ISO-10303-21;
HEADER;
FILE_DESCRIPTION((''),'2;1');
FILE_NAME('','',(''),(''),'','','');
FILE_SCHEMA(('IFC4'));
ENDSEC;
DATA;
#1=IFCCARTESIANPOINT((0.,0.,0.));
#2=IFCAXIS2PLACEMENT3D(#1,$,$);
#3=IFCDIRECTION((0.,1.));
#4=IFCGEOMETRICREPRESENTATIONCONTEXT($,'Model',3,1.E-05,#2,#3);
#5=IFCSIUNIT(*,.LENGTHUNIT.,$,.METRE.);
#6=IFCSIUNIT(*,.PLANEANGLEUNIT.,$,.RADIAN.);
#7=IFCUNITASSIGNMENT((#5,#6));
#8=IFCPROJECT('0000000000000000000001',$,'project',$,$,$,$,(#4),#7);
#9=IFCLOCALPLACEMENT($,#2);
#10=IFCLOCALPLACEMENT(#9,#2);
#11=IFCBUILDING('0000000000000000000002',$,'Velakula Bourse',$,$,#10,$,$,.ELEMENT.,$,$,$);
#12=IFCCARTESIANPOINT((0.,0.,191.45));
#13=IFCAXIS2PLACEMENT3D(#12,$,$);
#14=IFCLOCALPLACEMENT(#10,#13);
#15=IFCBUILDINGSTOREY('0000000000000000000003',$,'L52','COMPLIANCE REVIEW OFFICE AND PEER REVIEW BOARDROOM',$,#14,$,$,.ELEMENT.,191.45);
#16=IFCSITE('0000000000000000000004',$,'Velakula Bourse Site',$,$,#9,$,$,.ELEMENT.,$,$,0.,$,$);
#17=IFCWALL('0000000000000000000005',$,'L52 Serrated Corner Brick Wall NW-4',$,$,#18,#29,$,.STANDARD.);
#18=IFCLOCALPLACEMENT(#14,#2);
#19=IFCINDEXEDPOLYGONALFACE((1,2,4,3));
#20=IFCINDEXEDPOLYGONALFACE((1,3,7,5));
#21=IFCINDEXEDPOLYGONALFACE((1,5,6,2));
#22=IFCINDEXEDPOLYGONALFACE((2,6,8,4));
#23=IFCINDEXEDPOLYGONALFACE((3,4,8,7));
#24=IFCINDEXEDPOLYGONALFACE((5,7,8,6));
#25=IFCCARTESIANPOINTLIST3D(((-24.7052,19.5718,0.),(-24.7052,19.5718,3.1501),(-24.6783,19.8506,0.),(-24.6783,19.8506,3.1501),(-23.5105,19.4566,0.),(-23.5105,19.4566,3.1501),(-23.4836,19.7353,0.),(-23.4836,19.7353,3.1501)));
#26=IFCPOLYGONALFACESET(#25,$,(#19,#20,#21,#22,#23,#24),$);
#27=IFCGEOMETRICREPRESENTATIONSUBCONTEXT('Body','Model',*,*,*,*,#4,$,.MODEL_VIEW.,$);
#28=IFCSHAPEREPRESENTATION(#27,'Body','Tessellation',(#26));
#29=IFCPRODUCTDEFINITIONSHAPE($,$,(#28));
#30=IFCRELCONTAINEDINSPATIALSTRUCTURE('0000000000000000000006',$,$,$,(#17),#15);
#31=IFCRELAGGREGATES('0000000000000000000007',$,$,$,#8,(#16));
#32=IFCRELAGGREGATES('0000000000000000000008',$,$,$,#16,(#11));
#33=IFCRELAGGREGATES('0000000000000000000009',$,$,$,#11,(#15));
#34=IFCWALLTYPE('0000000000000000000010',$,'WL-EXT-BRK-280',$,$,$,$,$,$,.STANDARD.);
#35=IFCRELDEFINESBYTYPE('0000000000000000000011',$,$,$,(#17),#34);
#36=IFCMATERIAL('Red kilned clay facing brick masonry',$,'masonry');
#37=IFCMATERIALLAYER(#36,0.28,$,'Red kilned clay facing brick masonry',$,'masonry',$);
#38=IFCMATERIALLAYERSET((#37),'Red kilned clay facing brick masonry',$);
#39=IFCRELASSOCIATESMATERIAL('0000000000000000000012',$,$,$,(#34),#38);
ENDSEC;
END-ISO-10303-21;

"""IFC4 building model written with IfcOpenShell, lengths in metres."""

from ifc_helpers import new_model, si_unit, direction, frame, frame_2d, origin, place, context, subcontext, project, spatial, rectangle, extrude, material, layer, layer_set, type_object, element, save


model = new_model("IFC4")

# Units and contexts
model_context = context("Model", 3, precision=1e-05, world=origin(), true_north=direction((0.0, 1.0)))
body_context = subcontext(model_context, "Body", "Model", "MODEL_VIEW")
ifc_project = project(units=[si_unit("LENGTHUNIT", "METRE"), si_unit("PLANEANGLEUNIT", "RADIAN")], contexts=[model_context])

# Site, building, storey
site_placement = place(None, origin())
site = spatial("IfcSite", under=ifc_project, at=site_placement, Name="Velakula Bourse Site", CompositionType="ELEMENT", RefElevation=0.0)
building_placement = place(site_placement, origin())
building = spatial("IfcBuilding", under=site, at=building_placement, Name="Velakula Bourse", CompositionType="ELEMENT")
storey_placement = place(building_placement, frame((0.0, 0.0, 191.45)))
storey = spatial("IfcBuildingStorey", under=building, at=storey_placement, Name="L52", Description="COMPLIANCE REVIEW OFFICE AND PEER REVIEW BOARDROOM", CompositionType="ELEMENT", Elevation=191.45)

# Shared definitions
ifc_material_1 = material(Name="Red kilned clay facing brick masonry", Category="masonry")
ifc_layer = layer(ifc_material_1, 0.28, Name="Red kilned clay facing brick masonry", Category="masonry")
ifc_layer_set = layer_set([ifc_layer], Name="Red kilned clay facing brick masonry")
wall_type = type_object("IfcWallType", Name="WL-EXT-BRK-280", PredefinedType="STANDARD", material=ifc_layer_set)

# Wall
for number, where, z_axis, x_axis, name in (
    (1, (-23.4971, 19.5959, 0.0), (0.0, 0.0, 1.0), (-0.99538, 0.096019, 0.0), "L52 Serrated Corner Brick Wall NW-4"),
):
    element("IfcWall", number, at=place(storey_placement, frame(where, z_axis=z_axis, x_axis=x_axis)), inside=storey, type_object=wall_type, Name=name, PredefinedType="STANDARD", context=body_context, shape_type="SweptSolid", body=[
        extrude(rectangle(XDim=1.2002, YDim=0.28, at=frame_2d((0.6001, 0.0))), origin(), (0.0, 0.0, 1.0), 3.1501),
    ])

save(model, "model.ifc")
